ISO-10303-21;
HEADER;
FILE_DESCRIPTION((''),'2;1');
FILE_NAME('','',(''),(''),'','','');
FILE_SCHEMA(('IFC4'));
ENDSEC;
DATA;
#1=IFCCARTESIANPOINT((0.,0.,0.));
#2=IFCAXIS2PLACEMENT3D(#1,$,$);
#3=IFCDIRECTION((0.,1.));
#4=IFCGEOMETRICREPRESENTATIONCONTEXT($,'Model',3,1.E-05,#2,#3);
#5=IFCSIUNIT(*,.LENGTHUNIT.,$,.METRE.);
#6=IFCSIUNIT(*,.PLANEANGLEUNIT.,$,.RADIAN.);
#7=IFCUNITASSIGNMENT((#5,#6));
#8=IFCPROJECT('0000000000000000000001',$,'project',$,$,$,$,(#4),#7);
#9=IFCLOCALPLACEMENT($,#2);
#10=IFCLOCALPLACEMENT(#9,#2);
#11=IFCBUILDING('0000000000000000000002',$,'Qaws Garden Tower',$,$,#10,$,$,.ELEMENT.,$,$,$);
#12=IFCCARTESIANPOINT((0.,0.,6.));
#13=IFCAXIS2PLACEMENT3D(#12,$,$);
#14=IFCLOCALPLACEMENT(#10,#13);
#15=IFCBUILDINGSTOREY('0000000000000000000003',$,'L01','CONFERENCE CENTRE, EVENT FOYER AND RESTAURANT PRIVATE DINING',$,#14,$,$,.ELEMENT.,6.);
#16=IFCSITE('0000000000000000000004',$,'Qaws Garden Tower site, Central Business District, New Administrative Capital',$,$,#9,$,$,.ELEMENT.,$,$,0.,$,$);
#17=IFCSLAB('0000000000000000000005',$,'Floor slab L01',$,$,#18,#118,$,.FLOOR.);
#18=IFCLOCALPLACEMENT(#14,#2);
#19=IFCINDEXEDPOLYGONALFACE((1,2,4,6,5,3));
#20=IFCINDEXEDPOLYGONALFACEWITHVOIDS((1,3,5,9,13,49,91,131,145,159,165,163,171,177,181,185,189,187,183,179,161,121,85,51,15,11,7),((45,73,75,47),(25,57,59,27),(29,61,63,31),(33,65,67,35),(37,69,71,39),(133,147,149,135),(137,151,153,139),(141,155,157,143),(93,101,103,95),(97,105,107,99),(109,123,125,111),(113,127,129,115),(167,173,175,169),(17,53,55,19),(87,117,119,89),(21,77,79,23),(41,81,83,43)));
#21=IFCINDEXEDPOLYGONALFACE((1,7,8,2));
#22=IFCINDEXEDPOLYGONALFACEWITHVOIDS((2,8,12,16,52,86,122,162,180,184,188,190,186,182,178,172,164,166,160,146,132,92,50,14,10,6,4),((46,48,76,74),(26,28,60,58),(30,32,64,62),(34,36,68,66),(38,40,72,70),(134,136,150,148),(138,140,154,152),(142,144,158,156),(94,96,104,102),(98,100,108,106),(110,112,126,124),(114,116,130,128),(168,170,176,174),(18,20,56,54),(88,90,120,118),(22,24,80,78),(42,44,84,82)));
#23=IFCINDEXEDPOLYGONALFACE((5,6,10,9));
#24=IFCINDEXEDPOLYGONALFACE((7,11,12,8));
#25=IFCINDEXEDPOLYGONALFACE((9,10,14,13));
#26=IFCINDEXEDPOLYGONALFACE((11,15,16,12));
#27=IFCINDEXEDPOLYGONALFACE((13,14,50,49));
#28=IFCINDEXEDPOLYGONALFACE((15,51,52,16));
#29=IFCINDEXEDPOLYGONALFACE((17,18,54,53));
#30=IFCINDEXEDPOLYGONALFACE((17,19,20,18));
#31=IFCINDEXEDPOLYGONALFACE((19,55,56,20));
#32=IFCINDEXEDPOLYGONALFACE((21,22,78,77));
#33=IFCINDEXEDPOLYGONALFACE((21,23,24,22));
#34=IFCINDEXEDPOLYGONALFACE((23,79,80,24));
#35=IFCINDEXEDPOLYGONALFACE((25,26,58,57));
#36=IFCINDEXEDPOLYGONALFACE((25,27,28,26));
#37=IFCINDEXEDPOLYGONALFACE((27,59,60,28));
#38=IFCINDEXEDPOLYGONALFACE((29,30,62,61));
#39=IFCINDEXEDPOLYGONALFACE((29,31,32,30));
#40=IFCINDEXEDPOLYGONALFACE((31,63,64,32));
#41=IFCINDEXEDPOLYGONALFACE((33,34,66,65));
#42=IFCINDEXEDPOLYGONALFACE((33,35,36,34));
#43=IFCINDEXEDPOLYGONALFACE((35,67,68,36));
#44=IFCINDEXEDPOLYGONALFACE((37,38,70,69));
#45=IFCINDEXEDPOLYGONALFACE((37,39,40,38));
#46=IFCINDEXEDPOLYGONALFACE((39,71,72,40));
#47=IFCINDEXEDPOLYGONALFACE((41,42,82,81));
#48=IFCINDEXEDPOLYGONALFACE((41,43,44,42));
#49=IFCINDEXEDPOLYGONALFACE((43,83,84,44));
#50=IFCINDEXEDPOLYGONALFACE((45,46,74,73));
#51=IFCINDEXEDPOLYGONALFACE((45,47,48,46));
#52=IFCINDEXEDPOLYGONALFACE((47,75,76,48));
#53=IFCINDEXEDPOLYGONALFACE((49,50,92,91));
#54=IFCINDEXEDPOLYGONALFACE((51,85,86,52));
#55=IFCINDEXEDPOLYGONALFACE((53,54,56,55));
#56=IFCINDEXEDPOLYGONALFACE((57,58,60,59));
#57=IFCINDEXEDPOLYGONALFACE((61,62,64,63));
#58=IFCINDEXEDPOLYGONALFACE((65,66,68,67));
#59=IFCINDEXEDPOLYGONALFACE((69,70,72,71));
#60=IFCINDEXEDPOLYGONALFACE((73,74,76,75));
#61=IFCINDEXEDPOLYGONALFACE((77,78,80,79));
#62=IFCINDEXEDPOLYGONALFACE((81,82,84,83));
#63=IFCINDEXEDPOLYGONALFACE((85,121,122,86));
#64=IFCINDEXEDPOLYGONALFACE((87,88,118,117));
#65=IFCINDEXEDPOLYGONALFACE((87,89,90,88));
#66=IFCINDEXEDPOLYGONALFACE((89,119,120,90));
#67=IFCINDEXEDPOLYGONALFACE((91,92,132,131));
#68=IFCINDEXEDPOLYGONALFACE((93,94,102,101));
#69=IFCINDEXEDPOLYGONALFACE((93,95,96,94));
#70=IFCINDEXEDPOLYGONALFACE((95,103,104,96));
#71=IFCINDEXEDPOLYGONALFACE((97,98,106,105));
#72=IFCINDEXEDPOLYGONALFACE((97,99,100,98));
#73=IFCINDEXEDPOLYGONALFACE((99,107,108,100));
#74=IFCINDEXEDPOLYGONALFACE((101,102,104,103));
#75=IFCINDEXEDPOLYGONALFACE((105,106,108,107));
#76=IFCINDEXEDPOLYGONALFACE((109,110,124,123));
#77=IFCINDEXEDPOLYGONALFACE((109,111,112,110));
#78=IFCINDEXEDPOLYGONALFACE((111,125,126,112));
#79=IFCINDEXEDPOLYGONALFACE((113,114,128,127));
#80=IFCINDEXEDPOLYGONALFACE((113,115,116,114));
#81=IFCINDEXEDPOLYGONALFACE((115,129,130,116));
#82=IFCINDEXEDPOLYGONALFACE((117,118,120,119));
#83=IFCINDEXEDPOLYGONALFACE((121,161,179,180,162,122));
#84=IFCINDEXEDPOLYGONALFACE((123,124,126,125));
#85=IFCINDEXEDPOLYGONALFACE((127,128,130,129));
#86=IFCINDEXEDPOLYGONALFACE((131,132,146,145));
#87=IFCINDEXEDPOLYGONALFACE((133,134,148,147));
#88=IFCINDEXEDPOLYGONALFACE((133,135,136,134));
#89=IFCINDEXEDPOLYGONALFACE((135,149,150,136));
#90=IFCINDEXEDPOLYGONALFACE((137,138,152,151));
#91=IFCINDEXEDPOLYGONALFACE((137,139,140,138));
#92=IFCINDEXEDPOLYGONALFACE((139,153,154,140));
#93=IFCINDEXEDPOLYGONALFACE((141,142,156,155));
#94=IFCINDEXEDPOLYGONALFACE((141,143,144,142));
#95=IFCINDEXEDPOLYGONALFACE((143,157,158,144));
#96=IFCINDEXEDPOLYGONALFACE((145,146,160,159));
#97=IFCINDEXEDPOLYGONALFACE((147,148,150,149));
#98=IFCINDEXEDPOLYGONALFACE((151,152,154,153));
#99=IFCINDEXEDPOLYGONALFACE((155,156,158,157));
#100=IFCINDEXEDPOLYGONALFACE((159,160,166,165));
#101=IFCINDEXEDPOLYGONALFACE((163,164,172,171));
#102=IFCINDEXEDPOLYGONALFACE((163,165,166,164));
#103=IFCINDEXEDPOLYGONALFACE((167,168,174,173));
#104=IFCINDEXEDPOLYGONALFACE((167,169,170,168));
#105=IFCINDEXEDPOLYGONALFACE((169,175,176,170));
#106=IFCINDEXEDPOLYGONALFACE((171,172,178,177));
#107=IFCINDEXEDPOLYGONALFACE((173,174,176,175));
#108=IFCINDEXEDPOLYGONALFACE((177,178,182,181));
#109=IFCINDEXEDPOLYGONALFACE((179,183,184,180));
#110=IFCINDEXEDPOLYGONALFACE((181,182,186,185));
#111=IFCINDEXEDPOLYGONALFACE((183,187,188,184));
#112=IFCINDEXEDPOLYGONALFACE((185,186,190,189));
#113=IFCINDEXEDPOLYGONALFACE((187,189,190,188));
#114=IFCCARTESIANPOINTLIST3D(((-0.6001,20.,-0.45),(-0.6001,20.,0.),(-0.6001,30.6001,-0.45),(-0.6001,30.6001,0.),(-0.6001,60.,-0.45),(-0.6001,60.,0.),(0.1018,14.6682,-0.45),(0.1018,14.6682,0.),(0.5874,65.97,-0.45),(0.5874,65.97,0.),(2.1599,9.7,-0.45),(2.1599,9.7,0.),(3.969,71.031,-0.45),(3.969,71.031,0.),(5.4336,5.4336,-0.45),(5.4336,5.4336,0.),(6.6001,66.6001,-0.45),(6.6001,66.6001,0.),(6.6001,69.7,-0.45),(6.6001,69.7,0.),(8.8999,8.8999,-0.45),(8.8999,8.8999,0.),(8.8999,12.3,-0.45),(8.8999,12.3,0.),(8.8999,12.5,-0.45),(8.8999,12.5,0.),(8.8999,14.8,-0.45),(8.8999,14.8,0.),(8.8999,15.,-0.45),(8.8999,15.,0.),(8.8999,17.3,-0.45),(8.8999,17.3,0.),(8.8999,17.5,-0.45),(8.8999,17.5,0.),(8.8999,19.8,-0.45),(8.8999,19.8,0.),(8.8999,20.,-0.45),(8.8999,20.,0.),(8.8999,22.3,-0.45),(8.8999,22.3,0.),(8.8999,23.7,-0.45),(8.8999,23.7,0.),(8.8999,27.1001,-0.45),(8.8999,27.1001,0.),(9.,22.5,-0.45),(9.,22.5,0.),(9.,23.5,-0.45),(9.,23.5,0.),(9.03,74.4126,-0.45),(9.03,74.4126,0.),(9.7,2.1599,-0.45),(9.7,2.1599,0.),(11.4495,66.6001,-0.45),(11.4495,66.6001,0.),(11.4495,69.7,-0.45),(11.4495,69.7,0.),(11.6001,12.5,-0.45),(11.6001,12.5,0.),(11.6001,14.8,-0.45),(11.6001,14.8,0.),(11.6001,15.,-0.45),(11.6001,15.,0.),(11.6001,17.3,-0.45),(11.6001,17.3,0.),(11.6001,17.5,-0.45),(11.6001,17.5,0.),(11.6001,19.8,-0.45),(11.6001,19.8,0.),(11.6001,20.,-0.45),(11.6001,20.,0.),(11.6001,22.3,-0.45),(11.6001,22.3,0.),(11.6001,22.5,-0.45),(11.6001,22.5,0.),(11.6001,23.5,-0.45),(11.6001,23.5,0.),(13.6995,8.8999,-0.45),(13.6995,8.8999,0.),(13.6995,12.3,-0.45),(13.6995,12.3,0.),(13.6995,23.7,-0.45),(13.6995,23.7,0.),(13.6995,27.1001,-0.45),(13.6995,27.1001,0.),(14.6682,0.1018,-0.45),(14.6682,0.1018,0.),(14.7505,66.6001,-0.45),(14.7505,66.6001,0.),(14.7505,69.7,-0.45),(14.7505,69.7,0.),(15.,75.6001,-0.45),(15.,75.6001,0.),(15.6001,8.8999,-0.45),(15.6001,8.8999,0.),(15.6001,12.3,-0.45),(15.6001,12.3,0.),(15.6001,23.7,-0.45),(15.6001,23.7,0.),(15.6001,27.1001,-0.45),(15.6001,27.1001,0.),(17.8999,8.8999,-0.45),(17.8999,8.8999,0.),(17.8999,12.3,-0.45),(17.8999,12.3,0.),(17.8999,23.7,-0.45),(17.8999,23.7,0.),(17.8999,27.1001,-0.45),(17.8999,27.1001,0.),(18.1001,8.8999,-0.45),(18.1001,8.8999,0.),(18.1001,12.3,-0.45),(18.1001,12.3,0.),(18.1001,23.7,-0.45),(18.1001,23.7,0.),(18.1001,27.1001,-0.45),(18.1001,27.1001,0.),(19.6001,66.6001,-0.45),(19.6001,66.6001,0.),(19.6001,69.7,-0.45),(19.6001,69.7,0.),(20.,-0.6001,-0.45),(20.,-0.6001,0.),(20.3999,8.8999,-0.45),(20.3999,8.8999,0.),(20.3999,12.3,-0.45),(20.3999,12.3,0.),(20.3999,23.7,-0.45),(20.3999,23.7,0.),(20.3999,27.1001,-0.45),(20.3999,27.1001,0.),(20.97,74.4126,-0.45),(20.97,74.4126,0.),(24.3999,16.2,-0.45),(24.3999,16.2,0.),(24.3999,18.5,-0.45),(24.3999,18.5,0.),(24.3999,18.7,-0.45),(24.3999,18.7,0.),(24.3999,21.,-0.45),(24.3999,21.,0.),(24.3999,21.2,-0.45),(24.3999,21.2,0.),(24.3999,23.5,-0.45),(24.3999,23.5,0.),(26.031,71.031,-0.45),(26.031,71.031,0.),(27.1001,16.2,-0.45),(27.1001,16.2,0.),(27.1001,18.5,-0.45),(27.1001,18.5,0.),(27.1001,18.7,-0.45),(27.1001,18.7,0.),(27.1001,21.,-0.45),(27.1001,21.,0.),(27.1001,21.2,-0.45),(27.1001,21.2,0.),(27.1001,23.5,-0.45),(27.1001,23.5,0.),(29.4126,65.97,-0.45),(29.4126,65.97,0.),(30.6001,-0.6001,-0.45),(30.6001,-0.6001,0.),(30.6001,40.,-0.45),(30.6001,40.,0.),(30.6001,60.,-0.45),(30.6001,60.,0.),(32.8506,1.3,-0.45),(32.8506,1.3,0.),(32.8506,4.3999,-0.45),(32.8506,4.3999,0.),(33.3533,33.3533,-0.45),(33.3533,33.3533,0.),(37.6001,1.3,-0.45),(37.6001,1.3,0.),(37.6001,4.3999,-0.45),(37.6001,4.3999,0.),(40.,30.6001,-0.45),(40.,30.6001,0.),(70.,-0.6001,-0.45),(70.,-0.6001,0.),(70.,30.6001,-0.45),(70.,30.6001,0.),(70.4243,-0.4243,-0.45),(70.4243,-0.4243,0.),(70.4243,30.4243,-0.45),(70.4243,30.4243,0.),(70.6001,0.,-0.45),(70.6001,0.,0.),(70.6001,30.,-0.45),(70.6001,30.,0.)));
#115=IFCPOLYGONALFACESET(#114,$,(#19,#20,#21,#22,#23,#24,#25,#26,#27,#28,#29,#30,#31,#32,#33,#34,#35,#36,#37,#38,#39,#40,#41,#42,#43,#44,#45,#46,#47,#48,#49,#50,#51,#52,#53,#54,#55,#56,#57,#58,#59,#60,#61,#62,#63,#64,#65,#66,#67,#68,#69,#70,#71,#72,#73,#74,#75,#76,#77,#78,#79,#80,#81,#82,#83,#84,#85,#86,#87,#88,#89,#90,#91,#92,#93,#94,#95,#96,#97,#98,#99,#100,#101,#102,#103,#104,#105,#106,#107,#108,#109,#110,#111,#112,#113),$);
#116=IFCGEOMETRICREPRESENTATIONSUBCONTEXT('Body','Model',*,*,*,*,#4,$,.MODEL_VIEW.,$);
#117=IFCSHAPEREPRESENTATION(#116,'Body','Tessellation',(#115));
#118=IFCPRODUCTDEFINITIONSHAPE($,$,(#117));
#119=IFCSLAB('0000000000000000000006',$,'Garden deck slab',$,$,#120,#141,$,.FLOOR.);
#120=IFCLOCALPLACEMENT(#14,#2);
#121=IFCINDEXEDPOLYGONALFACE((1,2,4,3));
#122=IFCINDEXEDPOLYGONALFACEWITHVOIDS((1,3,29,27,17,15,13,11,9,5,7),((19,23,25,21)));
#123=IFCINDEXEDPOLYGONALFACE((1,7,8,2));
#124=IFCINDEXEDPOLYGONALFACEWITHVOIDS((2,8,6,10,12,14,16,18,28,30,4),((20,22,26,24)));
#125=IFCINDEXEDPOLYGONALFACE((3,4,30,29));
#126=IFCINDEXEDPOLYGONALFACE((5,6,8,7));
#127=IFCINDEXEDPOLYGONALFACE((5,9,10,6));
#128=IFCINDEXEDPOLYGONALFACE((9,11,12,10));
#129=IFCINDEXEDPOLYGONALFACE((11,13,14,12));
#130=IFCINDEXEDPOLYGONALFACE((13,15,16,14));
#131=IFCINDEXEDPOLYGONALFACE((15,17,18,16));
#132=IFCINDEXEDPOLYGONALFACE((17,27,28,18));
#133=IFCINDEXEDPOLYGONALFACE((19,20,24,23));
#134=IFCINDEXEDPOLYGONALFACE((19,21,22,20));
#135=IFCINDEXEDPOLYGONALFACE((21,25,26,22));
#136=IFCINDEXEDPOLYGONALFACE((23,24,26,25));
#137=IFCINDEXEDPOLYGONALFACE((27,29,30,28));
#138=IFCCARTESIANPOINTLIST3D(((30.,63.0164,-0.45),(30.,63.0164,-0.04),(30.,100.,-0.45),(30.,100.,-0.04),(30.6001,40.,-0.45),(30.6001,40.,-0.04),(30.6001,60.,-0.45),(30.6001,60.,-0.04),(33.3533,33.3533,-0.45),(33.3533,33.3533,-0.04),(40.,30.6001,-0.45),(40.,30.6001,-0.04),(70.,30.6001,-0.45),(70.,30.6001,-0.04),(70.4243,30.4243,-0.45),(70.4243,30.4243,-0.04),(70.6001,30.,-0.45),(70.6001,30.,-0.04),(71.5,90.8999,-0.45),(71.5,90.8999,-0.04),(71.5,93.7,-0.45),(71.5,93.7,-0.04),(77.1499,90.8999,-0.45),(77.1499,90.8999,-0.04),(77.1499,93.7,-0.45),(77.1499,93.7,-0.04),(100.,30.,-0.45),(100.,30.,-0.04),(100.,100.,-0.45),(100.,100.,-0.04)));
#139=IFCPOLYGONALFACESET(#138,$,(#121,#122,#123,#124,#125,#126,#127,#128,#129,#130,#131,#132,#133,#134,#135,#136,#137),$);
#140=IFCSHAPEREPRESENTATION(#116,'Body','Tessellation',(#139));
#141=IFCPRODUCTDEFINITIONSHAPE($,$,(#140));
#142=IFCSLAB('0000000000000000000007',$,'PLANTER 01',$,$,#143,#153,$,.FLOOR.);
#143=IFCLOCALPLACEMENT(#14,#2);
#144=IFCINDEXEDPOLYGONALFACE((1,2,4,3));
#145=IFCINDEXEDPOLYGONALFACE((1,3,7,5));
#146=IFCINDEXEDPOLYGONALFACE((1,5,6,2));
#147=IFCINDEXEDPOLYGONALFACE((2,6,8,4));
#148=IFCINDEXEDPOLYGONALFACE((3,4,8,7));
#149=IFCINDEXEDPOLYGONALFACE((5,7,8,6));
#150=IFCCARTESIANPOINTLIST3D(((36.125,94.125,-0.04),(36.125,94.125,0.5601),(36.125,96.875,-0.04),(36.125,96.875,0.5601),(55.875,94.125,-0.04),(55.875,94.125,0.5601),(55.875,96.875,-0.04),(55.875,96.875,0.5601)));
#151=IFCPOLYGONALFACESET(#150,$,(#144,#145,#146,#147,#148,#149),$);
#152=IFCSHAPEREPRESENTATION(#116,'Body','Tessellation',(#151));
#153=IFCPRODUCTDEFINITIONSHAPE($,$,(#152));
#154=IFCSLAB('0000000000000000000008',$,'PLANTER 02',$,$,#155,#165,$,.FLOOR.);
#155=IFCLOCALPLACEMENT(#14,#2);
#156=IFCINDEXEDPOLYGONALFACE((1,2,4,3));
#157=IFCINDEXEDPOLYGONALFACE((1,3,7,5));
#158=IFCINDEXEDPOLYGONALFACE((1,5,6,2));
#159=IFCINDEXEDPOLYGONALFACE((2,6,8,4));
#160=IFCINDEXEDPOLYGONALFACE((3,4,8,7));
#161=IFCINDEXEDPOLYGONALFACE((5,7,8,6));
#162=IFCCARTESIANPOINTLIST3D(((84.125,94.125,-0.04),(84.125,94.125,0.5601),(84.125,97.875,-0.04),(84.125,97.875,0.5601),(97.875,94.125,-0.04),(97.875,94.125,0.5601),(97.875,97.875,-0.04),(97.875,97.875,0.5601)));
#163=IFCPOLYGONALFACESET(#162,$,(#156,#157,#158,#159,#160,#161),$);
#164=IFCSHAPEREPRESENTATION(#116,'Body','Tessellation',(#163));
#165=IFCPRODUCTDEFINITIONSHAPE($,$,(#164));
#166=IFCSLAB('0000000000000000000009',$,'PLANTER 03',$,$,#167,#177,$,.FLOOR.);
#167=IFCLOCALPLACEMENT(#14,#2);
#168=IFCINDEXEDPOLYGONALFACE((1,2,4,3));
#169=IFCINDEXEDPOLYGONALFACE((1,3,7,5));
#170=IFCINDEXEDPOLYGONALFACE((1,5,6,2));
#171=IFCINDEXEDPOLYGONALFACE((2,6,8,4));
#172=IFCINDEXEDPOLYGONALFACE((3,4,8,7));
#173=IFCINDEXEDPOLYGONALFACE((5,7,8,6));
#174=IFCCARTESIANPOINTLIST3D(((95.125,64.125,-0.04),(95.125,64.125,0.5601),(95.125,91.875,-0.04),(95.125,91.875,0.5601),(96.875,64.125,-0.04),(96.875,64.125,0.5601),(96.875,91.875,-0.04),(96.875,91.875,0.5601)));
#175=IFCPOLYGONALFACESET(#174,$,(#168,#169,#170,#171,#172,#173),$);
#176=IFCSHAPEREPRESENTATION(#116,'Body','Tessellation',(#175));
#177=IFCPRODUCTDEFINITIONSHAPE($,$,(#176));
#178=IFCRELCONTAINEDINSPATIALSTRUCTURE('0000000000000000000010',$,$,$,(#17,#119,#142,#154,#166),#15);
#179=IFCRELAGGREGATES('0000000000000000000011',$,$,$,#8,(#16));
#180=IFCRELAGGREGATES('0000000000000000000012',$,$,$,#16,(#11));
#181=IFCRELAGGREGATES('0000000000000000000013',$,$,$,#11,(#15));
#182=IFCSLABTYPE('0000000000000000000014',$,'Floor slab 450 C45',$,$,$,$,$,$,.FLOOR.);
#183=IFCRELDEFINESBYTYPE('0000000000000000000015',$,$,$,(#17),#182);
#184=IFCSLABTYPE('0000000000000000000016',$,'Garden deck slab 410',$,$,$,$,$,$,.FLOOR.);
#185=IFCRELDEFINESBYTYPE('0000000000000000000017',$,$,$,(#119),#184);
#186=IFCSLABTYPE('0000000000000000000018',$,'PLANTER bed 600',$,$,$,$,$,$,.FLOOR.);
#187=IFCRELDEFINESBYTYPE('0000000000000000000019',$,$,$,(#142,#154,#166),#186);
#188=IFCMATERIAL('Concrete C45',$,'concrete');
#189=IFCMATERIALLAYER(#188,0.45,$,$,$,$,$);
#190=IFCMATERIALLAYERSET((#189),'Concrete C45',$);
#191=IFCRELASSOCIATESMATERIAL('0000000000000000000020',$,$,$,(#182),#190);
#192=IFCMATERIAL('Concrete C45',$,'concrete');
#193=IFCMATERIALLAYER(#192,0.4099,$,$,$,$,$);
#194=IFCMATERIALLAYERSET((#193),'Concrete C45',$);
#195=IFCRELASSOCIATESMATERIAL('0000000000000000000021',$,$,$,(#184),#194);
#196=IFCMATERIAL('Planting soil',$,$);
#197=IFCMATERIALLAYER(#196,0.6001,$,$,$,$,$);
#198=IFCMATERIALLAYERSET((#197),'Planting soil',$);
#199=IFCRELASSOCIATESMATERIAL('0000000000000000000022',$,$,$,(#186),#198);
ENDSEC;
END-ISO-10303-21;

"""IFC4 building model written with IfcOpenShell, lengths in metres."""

from ifc_helpers import new_model, si_unit, direction, frame, origin, place, context, subcontext, project, spatial, polyline, outline, extrude, material, layer, layer_set, type_object, element, save


model = new_model("IFC4")

# Units and contexts
model_context = context("Model", 3, precision=1e-05, world=origin(), true_north=direction((0.0, 1.0)))
body_context = subcontext(model_context, "Body", "Model", "MODEL_VIEW")
ifc_project = project(units=[si_unit("LENGTHUNIT", "METRE"), si_unit("PLANEANGLEUNIT", "RADIAN")], contexts=[model_context])

# Site, building, storey
site_placement = place(None, origin())
site = spatial("IfcSite", under=ifc_project, at=site_placement, Name="Qaws Garden Tower site, Central Business District, New Administrative Capital", CompositionType="ELEMENT", RefElevation=0.0)
building_placement = place(site_placement, origin())
building = spatial("IfcBuilding", under=site, at=building_placement, Name="Qaws Garden Tower", CompositionType="ELEMENT")
storey_placement = place(building_placement, frame((0.0, 0.0, 6.0)))
storey = spatial("IfcBuildingStorey", under=building, at=storey_placement, Name="L01", Description="CONFERENCE CENTRE, EVENT FOYER AND RESTAURANT PRIVATE DINING", CompositionType="ELEMENT", Elevation=6.0)

# Slabs
placement_1 = place(storey_placement, frame((0.0, 0.0, -0.04)))
ifc_material_1 = material(Name="Concrete C45", Category="concrete")
ifc_layer_1 = layer(ifc_material_1, 0.45)
ifc_layer_set_1 = layer_set([ifc_layer_1], Name="Concrete C45")
slab_type_1 = type_object("IfcSlabType", Name="Floor slab 450 C45", PredefinedType="FLOOR", material=ifc_layer_set_1)
placement_2 = place(storey_placement, frame((0.0, 0.0, -0.45)))
element("IfcSlab", 1, at=placement_2, inside=storey, type_object=slab_type_1, Name="Floor slab L01", PredefinedType="FLOOR", context=body_context, shape_type="SweptSolid", body=[
    extrude(outline(polyline([(0.1018, 14.6682), (-0.6001, 20.0), (-0.6001, 30.6001), (-0.6001, 60.0), (-0.6001, 60.0), (0.5874, 65.97), (3.969, 71.031), (9.03, 74.4126), (15.0, 75.6001), (20.97, 74.4126), (26.031, 71.031), (29.4126, 65.97), (30.6001, 60.0), (30.6001, 40.0), (33.3533, 33.3533), (40.0, 30.6001), (70.0, 30.6001), (70.4243, 30.4243), (70.6001, 30.0), (70.6001, 0.0), (70.4243, -0.4243), (70.0, -0.6001), (30.6001, -0.6001), (20.0, -0.6001), (14.6682, 0.1018), (9.7, 2.1599), (5.4336, 5.4336), (2.1599, 9.7), (0.1018, 14.6682)]), holes=[polyline([(13.6995, 12.3), (8.8999, 12.3), (8.8999, 8.8999), (13.6995, 8.8999), (13.6995, 12.3)]), polyline([(17.8999, 12.3), (15.6001, 12.3), (15.6001, 8.8999), (17.8999, 8.8999), (17.8999, 12.3)]), polyline([(11.6001, 14.8), (8.8999, 14.8), (8.8999, 12.5), (11.6001, 12.5), (11.6001, 14.8)]), polyline([(11.6001, 17.3), (8.8999, 17.3), (8.8999, 15.0), (11.6001, 15.0), (11.6001, 17.3)]), polyline([(11.6001, 19.8), (8.8999, 19.8), (8.8999, 17.5), (11.6001, 17.5), (11.6001, 19.8)]), polyline([(11.6001, 22.3), (8.8999, 22.3), (8.8999, 20.0), (11.6001, 20.0), (11.6001, 22.3)]), polyline([(11.6001, 23.5), (9.0, 23.5), (9.0, 22.5), (11.6001, 22.5), (11.6001, 23.5)]), polyline([(13.6995, 27.1001), (8.8999, 27.1001), (8.8999, 23.7), (13.6995, 23.7), (13.6995, 27.1001)]), polyline([(11.4495, 69.7), (6.6001, 69.7), (6.6001, 66.6001), (11.4495, 66.6001), (11.4495, 69.7)]), polyline([(37.6001, 4.3999), (32.8506, 4.3999), (32.8506, 1.3), (37.6001, 1.3), (37.6001, 4.3999)]), polyline([(20.3999, 12.3), (18.1001, 12.3), (18.1001, 8.8999), (20.3999, 8.8999), (20.3999, 12.3)]), polyline([(27.1001, 18.5), (24.3999, 18.5), (24.3999, 16.2), (27.1001, 16.2), (27.1001, 18.5)]), polyline([(27.1001, 21.0), (24.3999, 21.0), (24.3999, 18.7), (27.1001, 18.7), (27.1001, 21.0)]), polyline([(27.1001, 23.5), (24.3999, 23.5), (24.3999, 21.2), (27.1001, 21.2), (27.1001, 23.5)]), polyline([(17.8999, 27.1001), (15.6001, 27.1001), (15.6001, 23.7), (17.8999, 23.7), (17.8999, 27.1001)]), polyline([(20.3999, 23.7), (20.3999, 27.1001), (18.1001, 27.1001), (18.1001, 23.7), (20.3999, 23.7)]), polyline([(19.6001, 66.6001), (19.6001, 69.7), (14.7505, 69.7), (14.7505, 66.6001), (19.6001, 66.6001)])]), origin(), (0.0, 0.0, 1.0), 0.45),
])
ifc_material_2 = material(Name="Concrete C45", Category="concrete")
ifc_layer_2 = layer(ifc_material_2, 0.4099)
ifc_layer_set_2 = layer_set([ifc_layer_2], Name="Concrete C45")
slab_type_2 = type_object("IfcSlabType", Name="Garden deck slab 410", PredefinedType="FLOOR", material=ifc_layer_set_2)
element("IfcSlab", 2, at=placement_2, inside=storey, type_object=slab_type_2, Name="Garden deck slab", PredefinedType="FLOOR", context=body_context, shape_type="SweptSolid", body=[
    extrude(outline(polyline([(70.6001, 30.0), (100.0, 30.0), (100.0, 100.0), (30.0, 100.0), (30.0, 63.0164), (30.6001, 60.0), (30.6001, 40.0), (33.3533, 33.3533), (40.0, 30.6001), (70.0, 30.6001), (70.4243, 30.4243), (70.6001, 30.0)]), holes=[polyline([(77.1499, 93.7), (71.5, 93.7), (71.5, 90.8999), (77.1499, 90.8999), (77.1499, 93.7)])]), origin(), (0.0, 0.0, 1.0), 0.4099),
])
ifc_material_3 = material(Name="Planting soil")
ifc_layer_3 = layer(ifc_material_3, 0.6001)
ifc_layer_set_3 = layer_set([ifc_layer_3], Name="Planting soil")
slab_type_3 = type_object("IfcSlabType", Name="PLANTER bed 600", PredefinedType="FLOOR", material=ifc_layer_set_3)
element("IfcSlab", 3, at=placement_1, inside=storey, type_object=slab_type_3, Name="PLANTER 01", PredefinedType="FLOOR", context=body_context, shape_type="SweptSolid", body=[
    extrude(outline(polyline([(36.125, 94.125), (55.875, 94.125), (55.875, 96.875), (36.125, 96.875), (36.125, 94.125)])), origin(), (0.0, 0.0, 1.0), 0.6001),
])
element("IfcSlab", 4, at=placement_1, inside=storey, type_object=slab_type_3, Name="PLANTER 02", PredefinedType="FLOOR", context=body_context, shape_type="SweptSolid", body=[
    extrude(outline(polyline([(84.125, 94.125), (97.875, 94.125), (97.875, 97.875), (84.125, 97.875), (84.125, 94.125)])), origin(), (0.0, 0.0, 1.0), 0.6001),
])
element("IfcSlab", 5, at=placement_1, inside=storey, type_object=slab_type_3, Name="PLANTER 03", PredefinedType="FLOOR", context=body_context, shape_type="SweptSolid", body=[
    extrude(outline(polyline([(95.125, 64.125), (96.875, 64.125), (96.875, 91.875), (95.125, 91.875), (95.125, 64.125)])), origin(), (0.0, 0.0, 1.0), 0.6001),
])

save(model, "model.ifc")
